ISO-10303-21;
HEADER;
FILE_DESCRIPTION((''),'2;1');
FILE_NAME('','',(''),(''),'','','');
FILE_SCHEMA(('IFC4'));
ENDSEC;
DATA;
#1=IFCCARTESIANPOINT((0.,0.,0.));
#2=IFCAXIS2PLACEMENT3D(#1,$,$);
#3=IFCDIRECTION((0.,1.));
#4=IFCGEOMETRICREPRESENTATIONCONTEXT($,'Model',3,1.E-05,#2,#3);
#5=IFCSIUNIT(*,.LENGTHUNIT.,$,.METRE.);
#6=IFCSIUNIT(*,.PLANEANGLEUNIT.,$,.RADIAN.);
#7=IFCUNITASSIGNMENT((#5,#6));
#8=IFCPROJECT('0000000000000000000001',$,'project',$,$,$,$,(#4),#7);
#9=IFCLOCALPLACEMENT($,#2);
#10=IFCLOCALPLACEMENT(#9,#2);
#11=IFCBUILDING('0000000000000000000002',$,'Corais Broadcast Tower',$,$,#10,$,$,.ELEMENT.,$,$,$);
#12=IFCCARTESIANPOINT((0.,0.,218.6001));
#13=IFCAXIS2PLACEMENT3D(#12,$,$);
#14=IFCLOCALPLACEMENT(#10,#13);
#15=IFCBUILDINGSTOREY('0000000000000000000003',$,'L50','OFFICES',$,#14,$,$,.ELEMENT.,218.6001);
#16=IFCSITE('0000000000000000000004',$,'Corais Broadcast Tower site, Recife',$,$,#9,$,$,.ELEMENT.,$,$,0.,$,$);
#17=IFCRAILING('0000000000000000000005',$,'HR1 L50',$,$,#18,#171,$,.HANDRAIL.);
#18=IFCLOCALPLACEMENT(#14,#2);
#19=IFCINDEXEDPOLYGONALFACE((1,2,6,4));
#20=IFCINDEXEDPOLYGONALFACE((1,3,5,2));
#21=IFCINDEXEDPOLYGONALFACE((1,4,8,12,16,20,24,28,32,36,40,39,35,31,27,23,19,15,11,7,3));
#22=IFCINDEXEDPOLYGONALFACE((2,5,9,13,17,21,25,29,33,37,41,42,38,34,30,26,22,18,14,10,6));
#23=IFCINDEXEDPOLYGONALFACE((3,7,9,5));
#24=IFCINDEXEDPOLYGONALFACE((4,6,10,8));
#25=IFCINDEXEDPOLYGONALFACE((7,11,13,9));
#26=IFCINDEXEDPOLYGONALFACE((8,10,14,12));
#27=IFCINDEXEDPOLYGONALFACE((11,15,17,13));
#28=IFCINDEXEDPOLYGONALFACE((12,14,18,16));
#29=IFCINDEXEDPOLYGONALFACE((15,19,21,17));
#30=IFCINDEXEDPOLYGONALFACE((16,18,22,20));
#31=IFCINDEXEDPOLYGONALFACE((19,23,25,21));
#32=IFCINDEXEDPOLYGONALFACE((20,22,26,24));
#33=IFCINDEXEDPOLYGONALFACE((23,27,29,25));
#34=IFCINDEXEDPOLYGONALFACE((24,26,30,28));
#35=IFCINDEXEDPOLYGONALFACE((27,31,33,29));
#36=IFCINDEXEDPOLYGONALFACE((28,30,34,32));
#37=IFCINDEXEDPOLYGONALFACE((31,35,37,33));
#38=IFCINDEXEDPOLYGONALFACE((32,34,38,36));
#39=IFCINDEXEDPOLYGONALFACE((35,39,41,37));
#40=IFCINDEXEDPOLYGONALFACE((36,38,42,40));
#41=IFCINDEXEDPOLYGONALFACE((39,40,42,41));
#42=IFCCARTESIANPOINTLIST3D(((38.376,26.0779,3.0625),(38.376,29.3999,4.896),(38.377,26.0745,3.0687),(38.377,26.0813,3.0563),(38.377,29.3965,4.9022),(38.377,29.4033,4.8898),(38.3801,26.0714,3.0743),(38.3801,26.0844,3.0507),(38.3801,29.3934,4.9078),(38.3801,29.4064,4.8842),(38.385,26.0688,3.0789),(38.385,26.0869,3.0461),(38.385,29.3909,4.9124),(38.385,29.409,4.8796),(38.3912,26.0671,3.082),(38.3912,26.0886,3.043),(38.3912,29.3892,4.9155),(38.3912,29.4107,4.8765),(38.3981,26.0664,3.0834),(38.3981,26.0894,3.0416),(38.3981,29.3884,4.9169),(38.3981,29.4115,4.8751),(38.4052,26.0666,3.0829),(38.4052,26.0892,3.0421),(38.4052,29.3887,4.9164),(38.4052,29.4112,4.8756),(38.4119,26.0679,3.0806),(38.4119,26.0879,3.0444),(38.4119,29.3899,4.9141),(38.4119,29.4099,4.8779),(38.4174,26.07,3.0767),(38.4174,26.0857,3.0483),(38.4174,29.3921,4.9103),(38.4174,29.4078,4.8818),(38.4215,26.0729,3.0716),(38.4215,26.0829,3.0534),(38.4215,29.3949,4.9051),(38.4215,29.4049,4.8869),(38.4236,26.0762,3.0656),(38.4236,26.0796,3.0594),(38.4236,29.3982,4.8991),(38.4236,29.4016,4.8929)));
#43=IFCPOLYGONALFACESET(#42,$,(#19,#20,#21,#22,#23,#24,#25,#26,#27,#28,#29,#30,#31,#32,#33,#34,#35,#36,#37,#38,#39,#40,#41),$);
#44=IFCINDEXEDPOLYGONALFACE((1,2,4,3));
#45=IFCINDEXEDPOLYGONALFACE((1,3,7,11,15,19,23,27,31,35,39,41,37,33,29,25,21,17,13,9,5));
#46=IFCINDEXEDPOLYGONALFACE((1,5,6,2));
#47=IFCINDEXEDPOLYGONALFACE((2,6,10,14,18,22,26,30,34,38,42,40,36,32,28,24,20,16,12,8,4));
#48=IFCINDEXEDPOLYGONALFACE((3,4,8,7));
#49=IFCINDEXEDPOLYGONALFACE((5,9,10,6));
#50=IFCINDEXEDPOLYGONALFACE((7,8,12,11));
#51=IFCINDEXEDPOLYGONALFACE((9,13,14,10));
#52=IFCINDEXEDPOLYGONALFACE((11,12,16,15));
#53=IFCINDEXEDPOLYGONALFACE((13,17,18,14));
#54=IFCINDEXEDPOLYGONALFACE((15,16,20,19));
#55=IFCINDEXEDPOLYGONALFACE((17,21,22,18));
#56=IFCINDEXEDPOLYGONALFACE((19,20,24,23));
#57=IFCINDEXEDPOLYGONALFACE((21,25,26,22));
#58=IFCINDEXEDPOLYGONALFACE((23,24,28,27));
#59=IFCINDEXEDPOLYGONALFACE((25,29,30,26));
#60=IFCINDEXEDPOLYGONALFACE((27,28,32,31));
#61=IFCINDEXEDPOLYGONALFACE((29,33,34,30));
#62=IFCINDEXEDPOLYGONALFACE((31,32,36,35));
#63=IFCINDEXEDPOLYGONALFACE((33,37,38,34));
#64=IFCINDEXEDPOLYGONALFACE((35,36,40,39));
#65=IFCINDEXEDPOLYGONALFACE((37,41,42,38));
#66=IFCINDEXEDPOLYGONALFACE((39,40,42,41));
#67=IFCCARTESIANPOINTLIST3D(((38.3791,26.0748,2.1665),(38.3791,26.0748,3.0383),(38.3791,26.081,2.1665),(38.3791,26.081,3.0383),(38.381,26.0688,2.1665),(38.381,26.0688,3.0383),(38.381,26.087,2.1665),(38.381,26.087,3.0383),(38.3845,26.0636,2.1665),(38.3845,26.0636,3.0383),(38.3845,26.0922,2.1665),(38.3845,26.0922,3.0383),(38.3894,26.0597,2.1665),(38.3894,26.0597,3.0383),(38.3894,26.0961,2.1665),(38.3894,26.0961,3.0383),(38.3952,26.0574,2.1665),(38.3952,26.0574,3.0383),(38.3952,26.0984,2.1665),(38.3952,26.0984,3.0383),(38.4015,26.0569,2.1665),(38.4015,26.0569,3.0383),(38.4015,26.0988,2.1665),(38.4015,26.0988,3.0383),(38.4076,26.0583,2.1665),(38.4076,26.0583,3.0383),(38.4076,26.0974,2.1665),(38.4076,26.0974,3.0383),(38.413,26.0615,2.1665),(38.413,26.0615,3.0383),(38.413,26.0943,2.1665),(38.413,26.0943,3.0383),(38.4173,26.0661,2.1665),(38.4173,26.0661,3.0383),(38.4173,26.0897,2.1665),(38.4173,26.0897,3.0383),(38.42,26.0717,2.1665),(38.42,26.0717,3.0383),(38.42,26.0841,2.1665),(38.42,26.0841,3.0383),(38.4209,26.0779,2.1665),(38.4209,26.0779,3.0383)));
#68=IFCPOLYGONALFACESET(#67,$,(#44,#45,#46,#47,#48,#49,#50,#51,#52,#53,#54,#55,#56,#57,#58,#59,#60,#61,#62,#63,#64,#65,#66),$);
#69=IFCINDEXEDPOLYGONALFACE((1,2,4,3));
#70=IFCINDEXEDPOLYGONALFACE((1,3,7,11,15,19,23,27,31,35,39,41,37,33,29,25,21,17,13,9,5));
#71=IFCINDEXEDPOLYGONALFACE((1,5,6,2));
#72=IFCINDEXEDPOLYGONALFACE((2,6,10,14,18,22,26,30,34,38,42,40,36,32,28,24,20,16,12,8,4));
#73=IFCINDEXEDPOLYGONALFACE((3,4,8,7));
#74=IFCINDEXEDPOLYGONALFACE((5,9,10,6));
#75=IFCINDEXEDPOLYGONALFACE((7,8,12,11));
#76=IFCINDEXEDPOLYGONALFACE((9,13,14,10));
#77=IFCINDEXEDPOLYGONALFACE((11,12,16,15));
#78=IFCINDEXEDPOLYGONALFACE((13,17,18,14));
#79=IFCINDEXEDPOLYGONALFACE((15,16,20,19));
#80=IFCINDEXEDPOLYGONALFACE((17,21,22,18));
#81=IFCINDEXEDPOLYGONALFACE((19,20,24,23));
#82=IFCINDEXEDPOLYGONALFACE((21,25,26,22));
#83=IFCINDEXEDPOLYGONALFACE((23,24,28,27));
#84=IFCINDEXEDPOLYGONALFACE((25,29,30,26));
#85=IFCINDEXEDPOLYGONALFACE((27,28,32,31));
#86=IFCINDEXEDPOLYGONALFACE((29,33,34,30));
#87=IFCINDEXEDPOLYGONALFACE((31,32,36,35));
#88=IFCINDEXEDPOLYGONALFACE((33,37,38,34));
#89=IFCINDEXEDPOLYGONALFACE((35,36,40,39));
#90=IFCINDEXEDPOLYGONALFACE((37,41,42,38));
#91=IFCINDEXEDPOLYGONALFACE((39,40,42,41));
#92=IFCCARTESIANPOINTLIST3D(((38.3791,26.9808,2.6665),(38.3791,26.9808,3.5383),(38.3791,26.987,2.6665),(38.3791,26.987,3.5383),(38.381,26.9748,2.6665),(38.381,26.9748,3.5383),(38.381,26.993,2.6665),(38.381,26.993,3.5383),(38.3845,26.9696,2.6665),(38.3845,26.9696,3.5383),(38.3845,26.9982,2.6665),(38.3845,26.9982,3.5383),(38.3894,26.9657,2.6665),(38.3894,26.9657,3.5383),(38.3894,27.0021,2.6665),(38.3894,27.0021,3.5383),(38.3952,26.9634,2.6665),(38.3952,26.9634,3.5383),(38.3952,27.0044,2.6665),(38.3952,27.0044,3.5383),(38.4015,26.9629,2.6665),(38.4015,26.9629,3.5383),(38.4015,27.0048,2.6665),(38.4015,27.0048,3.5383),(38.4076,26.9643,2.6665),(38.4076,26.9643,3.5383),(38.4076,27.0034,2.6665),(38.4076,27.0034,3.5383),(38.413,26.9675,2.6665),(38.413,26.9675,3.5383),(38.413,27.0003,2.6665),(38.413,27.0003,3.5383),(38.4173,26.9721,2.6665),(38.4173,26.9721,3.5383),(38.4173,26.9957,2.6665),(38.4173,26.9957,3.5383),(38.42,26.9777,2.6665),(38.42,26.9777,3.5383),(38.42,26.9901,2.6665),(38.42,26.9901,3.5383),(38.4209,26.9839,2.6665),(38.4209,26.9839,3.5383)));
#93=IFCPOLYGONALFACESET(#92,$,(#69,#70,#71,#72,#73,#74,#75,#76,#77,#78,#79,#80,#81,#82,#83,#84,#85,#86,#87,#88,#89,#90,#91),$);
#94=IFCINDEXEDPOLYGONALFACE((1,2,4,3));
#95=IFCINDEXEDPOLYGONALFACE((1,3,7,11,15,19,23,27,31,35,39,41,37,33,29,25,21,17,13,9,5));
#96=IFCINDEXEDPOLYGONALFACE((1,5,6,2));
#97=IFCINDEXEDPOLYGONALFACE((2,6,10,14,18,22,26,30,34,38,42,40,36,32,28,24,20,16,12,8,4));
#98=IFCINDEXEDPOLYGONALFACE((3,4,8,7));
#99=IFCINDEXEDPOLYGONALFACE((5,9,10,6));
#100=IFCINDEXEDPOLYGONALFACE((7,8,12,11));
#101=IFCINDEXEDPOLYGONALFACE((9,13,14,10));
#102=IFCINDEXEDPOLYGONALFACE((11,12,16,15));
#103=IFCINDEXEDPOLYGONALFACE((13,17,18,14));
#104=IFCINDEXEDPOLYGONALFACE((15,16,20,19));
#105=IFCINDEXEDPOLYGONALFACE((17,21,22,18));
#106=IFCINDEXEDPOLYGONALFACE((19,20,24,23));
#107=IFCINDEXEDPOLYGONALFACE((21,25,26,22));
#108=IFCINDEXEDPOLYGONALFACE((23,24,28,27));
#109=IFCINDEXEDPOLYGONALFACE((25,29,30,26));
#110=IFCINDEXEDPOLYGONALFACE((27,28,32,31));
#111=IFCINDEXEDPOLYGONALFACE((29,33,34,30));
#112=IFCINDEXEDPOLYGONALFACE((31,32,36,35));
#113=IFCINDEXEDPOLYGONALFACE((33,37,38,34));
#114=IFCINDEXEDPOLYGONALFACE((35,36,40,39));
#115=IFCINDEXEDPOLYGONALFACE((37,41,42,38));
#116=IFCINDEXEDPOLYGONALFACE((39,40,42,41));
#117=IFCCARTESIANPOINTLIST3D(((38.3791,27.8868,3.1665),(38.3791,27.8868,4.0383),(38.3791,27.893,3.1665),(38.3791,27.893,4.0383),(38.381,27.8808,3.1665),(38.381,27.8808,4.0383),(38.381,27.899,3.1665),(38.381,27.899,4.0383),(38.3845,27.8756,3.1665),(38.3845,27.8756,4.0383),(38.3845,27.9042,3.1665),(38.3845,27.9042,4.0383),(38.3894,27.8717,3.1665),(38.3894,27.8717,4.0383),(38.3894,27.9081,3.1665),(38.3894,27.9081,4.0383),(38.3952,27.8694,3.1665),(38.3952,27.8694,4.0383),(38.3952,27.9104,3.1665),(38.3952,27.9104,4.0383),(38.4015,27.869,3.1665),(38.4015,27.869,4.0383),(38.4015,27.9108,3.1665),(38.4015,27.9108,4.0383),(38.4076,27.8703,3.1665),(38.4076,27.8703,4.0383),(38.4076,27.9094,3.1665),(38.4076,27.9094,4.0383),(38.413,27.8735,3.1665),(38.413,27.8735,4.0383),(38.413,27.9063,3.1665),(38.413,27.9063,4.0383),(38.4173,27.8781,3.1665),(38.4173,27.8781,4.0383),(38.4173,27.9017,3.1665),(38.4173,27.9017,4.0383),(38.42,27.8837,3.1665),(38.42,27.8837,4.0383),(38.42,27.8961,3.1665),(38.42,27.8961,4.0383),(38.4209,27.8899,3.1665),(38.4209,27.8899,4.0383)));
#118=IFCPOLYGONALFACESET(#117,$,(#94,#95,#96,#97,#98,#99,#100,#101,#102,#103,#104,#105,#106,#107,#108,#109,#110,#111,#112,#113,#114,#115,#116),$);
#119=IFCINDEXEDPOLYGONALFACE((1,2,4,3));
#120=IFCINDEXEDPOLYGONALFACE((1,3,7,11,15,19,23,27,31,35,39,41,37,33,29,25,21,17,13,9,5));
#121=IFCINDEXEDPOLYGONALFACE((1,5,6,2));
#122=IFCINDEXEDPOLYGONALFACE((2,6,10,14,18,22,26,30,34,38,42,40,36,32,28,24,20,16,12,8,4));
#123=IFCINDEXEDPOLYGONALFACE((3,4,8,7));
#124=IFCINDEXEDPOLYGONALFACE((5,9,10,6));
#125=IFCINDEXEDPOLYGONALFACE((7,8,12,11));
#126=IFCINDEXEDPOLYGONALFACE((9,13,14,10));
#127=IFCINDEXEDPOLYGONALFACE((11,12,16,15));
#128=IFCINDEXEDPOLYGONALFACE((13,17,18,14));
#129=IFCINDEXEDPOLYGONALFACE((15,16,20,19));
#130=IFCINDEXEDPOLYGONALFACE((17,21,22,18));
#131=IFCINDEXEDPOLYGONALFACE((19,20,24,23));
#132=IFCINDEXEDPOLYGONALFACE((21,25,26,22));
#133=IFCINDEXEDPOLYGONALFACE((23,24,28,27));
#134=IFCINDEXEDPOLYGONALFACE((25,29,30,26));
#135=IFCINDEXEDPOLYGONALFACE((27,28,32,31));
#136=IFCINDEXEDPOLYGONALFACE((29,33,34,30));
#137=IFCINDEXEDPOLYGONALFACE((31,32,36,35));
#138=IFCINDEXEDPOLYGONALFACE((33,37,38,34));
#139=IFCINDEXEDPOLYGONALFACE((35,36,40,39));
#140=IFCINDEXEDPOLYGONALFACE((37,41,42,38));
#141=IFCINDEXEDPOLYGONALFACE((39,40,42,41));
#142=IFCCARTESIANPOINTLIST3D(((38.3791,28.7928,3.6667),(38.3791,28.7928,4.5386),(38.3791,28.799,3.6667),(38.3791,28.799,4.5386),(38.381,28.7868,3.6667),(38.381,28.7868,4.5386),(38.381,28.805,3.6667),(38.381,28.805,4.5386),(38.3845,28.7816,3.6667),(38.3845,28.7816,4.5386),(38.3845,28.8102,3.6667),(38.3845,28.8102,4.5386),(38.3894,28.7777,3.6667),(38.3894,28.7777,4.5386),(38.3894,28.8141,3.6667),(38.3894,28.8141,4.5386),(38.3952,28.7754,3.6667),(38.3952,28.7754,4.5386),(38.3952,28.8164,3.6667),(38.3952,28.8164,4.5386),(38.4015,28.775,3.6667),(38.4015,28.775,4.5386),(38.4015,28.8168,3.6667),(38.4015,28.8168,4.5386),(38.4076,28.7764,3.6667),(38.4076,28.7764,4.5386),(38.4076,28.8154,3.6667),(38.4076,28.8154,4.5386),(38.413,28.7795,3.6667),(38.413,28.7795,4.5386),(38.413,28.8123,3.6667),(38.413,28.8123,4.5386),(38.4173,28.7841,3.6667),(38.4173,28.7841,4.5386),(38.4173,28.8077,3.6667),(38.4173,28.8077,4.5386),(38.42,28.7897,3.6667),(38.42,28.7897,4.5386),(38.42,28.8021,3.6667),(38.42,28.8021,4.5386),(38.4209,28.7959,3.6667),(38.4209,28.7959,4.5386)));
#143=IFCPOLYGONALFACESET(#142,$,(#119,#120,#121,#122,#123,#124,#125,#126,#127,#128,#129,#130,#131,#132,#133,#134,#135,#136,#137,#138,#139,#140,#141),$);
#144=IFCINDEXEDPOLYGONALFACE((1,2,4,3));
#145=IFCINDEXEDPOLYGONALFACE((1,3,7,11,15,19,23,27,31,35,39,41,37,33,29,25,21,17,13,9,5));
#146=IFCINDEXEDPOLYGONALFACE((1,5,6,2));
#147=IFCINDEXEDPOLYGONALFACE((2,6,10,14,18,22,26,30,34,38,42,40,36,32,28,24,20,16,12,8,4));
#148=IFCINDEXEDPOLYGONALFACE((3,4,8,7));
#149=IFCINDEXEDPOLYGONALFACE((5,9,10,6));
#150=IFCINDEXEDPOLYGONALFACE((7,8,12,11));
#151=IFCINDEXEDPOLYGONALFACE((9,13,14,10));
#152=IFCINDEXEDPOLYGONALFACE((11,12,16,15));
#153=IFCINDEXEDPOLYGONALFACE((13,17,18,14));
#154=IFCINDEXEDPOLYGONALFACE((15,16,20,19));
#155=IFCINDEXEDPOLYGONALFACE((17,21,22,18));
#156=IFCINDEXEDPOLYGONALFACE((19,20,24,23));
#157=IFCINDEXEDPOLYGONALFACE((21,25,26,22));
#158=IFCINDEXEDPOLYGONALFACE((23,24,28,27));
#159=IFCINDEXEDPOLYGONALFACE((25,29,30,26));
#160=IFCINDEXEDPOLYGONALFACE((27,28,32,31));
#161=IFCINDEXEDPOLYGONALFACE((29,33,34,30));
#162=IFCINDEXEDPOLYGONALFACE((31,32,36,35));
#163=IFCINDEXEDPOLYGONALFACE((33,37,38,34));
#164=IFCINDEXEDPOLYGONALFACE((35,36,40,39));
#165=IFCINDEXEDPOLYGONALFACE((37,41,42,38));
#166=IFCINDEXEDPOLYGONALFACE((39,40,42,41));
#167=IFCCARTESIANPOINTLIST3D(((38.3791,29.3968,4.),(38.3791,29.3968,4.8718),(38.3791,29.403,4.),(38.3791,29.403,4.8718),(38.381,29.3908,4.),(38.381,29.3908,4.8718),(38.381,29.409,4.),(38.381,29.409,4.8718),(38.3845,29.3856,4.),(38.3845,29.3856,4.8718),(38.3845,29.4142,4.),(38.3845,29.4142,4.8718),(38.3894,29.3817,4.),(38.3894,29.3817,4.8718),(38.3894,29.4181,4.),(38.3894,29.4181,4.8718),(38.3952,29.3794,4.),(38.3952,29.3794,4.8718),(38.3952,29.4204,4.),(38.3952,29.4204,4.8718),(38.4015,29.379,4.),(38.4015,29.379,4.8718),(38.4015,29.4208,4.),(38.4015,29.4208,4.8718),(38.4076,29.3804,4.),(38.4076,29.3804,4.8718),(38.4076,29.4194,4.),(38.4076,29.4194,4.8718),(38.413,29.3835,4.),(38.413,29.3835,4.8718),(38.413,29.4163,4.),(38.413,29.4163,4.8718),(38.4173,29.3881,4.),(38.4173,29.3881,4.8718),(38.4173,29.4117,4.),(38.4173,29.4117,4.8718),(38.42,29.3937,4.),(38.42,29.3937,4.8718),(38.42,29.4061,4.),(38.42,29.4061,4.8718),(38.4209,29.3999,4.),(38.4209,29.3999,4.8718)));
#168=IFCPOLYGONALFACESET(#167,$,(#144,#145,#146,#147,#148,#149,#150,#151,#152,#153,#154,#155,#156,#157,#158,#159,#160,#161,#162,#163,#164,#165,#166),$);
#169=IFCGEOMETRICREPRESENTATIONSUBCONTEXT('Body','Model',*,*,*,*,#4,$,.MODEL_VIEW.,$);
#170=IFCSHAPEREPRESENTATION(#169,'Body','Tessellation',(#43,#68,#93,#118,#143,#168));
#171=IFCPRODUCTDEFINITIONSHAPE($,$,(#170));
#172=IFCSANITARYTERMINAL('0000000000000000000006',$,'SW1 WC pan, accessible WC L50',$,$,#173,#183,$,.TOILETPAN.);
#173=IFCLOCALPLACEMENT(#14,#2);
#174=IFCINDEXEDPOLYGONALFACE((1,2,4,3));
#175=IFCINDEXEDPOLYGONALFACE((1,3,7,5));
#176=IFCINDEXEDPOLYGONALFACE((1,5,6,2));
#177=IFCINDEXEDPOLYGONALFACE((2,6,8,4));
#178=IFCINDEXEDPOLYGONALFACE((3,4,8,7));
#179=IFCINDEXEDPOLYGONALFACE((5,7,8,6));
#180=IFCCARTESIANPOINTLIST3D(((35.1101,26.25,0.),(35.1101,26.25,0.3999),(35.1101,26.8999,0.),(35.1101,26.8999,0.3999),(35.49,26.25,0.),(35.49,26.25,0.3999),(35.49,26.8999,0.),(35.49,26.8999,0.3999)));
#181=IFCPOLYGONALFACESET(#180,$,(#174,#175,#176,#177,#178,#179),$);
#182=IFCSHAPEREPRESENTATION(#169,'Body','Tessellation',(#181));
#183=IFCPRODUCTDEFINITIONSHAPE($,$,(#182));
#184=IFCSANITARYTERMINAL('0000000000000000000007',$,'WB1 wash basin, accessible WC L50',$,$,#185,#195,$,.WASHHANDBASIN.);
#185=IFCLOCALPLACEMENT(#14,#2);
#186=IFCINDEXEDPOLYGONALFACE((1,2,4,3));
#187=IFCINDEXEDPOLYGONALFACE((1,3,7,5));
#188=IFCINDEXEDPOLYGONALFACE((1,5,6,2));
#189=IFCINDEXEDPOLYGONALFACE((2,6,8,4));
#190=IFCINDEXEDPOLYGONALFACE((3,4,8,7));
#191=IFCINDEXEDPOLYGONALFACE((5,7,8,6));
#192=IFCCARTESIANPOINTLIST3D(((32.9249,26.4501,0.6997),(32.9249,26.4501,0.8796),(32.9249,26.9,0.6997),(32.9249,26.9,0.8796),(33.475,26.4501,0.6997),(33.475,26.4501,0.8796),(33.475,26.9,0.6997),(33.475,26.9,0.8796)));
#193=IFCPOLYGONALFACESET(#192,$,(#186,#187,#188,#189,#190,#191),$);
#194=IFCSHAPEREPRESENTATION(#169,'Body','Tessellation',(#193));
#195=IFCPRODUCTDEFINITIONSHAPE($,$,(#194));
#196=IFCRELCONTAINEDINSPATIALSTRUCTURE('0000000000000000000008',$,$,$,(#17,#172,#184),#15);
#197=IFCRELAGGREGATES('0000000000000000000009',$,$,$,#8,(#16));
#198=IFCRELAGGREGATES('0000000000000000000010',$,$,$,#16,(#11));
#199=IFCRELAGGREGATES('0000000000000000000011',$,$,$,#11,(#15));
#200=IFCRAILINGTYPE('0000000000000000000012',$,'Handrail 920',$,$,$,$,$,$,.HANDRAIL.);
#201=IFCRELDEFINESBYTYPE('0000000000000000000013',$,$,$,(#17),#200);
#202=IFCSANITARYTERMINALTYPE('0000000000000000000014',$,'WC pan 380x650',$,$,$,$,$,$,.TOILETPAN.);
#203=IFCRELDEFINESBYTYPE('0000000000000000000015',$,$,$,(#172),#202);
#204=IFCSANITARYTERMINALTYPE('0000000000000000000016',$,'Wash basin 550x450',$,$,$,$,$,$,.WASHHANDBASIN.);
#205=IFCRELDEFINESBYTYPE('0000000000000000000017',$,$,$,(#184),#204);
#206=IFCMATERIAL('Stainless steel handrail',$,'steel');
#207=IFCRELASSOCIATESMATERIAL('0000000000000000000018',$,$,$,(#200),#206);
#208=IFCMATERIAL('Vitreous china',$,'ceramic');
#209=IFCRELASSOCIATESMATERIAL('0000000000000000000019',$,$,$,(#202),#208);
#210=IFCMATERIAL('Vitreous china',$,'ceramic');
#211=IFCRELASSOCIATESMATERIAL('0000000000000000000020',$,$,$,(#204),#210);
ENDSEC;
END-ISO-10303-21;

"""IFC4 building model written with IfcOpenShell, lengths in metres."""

from ifc_helpers import new_model, si_unit, direction, frame, origin, origin_2d, place, context, subcontext, project, spatial, rectangle, circle, extrude, material, type_object, element, save


model = new_model("IFC4")

# Units and contexts
model_context = context("Model", 3, precision=1e-05, world=origin(), true_north=direction((0.0, 1.0)))
body_context = subcontext(model_context, "Body", "Model", "MODEL_VIEW")
ifc_project = project(units=[si_unit("LENGTHUNIT", "METRE"), si_unit("PLANEANGLEUNIT", "RADIAN")], contexts=[model_context])

# Site, building, storey
site_placement = place(None, origin())
site = spatial("IfcSite", under=ifc_project, at=site_placement, Name="Corais Broadcast Tower site, Recife", CompositionType="ELEMENT", RefElevation=0.0)
building_placement = place(site_placement, origin())
building = spatial("IfcBuilding", under=site, at=building_placement, Name="Corais Broadcast Tower", CompositionType="ELEMENT")
storey_placement = place(building_placement, frame((0.0, 0.0, 218.6001)))
storey = spatial("IfcBuildingStorey", under=building, at=storey_placement, Name="L50", Description="OFFICES", CompositionType="ELEMENT", Elevation=218.6001)

# Railing
ifc_material_1 = material(Name="Stainless steel handrail", Category="steel")
railing_type = type_object("IfcRailingType", Name="Handrail 920", PredefinedType="HANDRAIL", material=ifc_material_1)
for number, where, name in (
    (1, (38.3999, 26.0779, 2.1665), "HR1 L50"),
):
    element("IfcRailing", number, at=place(storey_placement, frame(where)), inside=storey, type_object=railing_type, Name=name, PredefinedType="HANDRAIL", context=body_context, shape_type="SweptSolid", body=[
        extrude(circle(Radius=0.0239, at=origin_2d()), frame((0.0, 0.0, 0.896), z_axis=(0.0, 0.875504, 0.48321), x_axis=(-1.0, 0.0, 0.0)), (0.0, 0.0, 1.0), 3.7944),
        extrude(circle(Radius=0.021, at=origin_2d()), origin(), (0.0, 0.0, 1.0), 0.8718),
        extrude(circle(Radius=0.021, at=origin_2d()), frame((0.0, 0.906, 0.5)), (0.0, 0.0, 1.0), 0.8718),
        extrude(circle(Radius=0.021, at=origin_2d()), frame((0.0, 1.812, 1.0)), (0.0, 0.0, 1.0), 0.8718),
        extrude(circle(Radius=0.021, at=origin_2d()), frame((0.0, 2.718, 1.5002)), (0.0, 0.0, 1.0), 0.8718),
        extrude(circle(Radius=0.021, at=origin_2d()), frame((0.0, 3.322, 1.8335)), (0.0, 0.0, 1.0), 0.8718),
    ])

# Sanitary terminals
ifc_material_2 = material(Name="Vitreous china", Category="ceramic")
sanitary_terminal_type_1 = type_object("IfcSanitaryTerminalType", Name="WC pan 380x650", PredefinedType="TOILETPAN", material=ifc_material_2)
sanitary_terminal_1_placement = place(storey_placement, frame((35.3, 26.575, 0.0), z_axis=(0.0, 0.0, 1.0), x_axis=(1.0, 0.0, 0.0)))
element("IfcSanitaryTerminal", 2, at=sanitary_terminal_1_placement, inside=storey, type_object=sanitary_terminal_type_1, Name="SW1 WC pan, accessible WC L50", PredefinedType="TOILETPAN", context=body_context, shape_type="SweptSolid", body=[
    extrude(rectangle(XDim=0.3799, YDim=0.6499, at=origin_2d()), origin(), (0.0, 0.0, 1.0), 0.3999),
])
ifc_material_3 = material(Name="Vitreous china", Category="ceramic")
sanitary_terminal_type_2 = type_object("IfcSanitaryTerminalType", Name="Wash basin 550x450", PredefinedType="WASHHANDBASIN", material=ifc_material_3)
sanitary_terminal_2_placement = place(storey_placement, frame((33.2, 26.675, 0.6997), z_axis=(0.0, 0.0, 1.0), x_axis=(1.0, 0.0, 0.0)))
element("IfcSanitaryTerminal", 3, at=sanitary_terminal_2_placement, inside=storey, type_object=sanitary_terminal_type_2, Name="WB1 wash basin, accessible WC L50", PredefinedType="WASHHANDBASIN", context=body_context, shape_type="SweptSolid", body=[
    extrude(rectangle(XDim=0.55, YDim=0.45, at=origin_2d()), origin(), (0.0, 0.0, 1.0), 0.1799),
])

save(model, "model.ifc")
